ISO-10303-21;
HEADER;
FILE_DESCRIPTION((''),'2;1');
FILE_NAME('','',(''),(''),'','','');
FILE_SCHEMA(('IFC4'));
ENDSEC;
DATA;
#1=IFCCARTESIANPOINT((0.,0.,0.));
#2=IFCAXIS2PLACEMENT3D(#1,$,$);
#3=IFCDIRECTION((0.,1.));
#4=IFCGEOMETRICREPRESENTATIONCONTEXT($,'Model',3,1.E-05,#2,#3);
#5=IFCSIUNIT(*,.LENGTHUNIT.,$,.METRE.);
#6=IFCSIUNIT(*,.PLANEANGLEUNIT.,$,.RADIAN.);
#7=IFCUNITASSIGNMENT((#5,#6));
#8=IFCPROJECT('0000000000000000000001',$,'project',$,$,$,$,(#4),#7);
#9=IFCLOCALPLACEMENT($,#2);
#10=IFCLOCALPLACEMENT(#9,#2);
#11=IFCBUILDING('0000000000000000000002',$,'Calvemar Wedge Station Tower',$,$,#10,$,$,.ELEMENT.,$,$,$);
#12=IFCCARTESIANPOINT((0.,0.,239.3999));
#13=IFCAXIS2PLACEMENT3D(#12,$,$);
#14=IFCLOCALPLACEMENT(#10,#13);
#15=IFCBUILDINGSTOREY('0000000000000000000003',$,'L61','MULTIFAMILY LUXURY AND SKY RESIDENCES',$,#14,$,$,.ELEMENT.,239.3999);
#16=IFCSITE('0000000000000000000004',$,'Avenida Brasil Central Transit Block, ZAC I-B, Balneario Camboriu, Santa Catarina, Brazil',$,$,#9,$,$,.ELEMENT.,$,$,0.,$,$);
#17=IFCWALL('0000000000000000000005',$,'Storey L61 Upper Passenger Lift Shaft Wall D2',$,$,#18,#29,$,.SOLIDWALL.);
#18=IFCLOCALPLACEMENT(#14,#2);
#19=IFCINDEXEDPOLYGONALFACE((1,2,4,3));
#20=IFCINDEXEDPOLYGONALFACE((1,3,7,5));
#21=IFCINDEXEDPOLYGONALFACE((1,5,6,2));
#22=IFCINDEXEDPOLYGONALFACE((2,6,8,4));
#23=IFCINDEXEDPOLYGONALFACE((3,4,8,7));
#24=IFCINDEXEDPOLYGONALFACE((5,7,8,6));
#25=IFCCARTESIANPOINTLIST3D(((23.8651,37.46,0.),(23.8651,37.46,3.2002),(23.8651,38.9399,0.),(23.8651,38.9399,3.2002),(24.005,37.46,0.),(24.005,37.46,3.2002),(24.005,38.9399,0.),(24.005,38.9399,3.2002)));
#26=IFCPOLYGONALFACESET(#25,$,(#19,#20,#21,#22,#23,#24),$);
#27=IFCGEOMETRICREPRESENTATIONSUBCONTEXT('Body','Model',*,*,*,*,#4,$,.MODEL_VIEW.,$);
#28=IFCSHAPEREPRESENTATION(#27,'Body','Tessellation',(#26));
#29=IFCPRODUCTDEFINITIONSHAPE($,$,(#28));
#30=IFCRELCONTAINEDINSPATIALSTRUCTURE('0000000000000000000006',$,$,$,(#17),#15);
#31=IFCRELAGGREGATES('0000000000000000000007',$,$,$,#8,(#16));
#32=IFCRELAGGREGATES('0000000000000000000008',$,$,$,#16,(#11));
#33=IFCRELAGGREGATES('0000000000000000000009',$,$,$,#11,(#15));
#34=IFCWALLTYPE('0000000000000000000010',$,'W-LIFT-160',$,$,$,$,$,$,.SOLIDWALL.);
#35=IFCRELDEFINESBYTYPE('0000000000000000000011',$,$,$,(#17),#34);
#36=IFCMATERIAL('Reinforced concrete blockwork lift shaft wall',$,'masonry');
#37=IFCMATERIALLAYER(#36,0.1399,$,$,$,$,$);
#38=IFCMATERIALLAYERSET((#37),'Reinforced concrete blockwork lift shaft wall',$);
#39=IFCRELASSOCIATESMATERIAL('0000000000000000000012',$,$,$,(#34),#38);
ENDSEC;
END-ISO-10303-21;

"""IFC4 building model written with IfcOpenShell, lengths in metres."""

from ifc_helpers import new_model, si_unit, direction, frame, frame_2d, origin, place, context, subcontext, project, spatial, rectangle, extrude, material, layer, layer_set, type_object, element, save


model = new_model("IFC4")

# Units and contexts
model_context = context("Model", 3, precision=1e-05, world=origin(), true_north=direction((0.0, 1.0)))
body_context = subcontext(model_context, "Body", "Model", "MODEL_VIEW")
ifc_project = project(units=[si_unit("LENGTHUNIT", "METRE"), si_unit("PLANEANGLEUNIT", "RADIAN")], contexts=[model_context])

# Site, building, storey
site_placement = place(None, origin())
site = spatial("IfcSite", under=ifc_project, at=site_placement, Name="Avenida Brasil Central Transit Block, ZAC I-B, Balneario Camboriu, Santa Catarina, Brazil", CompositionType="ELEMENT", RefElevation=0.0)
building_placement = place(site_placement, origin())
building = spatial("IfcBuilding", under=site, at=building_placement, Name="Calvemar Wedge Station Tower", CompositionType="ELEMENT")
storey_placement = place(building_placement, frame((0.0, 0.0, 239.3999)))
storey = spatial("IfcBuildingStorey", under=building, at=storey_placement, Name="L61", Description="MULTIFAMILY LUXURY AND SKY RESIDENCES", CompositionType="ELEMENT", Elevation=239.3999)

# Wall
ifc_material_1 = material(Name="Reinforced concrete blockwork lift shaft wall", Category="masonry")
ifc_layer_1 = layer(ifc_material_1, 0.1399)
ifc_layer_set_1 = layer_set([ifc_layer_1], Name="Reinforced concrete blockwork lift shaft wall")
wall_type_1 = type_object("IfcWallType", Name="W-LIFT-160", PredefinedType="SOLIDWALL", material=ifc_layer_set_1)
for number, where, z_axis, x_axis, name in (
    (1, (23.9351, 37.46, 0.0), (0.0, 0.0, 1.0), (0.0, 1.0, 0.0), "Storey L61 Upper Passenger Lift Shaft Wall D2"),
):
    element("IfcWall", number, at=place(storey_placement, frame(where, z_axis=z_axis, x_axis=x_axis)), inside=storey, type_object=wall_type_1, Name=name, PredefinedType="SOLIDWALL", context=body_context, shape_type="SweptSolid", body=[
        extrude(rectangle(XDim=1.48, YDim=0.1399, at=frame_2d((0.74, 0.0))), origin(), (0.0, 0.0, 1.0), 3.2002),
    ])

save(model, "model.ifc")
